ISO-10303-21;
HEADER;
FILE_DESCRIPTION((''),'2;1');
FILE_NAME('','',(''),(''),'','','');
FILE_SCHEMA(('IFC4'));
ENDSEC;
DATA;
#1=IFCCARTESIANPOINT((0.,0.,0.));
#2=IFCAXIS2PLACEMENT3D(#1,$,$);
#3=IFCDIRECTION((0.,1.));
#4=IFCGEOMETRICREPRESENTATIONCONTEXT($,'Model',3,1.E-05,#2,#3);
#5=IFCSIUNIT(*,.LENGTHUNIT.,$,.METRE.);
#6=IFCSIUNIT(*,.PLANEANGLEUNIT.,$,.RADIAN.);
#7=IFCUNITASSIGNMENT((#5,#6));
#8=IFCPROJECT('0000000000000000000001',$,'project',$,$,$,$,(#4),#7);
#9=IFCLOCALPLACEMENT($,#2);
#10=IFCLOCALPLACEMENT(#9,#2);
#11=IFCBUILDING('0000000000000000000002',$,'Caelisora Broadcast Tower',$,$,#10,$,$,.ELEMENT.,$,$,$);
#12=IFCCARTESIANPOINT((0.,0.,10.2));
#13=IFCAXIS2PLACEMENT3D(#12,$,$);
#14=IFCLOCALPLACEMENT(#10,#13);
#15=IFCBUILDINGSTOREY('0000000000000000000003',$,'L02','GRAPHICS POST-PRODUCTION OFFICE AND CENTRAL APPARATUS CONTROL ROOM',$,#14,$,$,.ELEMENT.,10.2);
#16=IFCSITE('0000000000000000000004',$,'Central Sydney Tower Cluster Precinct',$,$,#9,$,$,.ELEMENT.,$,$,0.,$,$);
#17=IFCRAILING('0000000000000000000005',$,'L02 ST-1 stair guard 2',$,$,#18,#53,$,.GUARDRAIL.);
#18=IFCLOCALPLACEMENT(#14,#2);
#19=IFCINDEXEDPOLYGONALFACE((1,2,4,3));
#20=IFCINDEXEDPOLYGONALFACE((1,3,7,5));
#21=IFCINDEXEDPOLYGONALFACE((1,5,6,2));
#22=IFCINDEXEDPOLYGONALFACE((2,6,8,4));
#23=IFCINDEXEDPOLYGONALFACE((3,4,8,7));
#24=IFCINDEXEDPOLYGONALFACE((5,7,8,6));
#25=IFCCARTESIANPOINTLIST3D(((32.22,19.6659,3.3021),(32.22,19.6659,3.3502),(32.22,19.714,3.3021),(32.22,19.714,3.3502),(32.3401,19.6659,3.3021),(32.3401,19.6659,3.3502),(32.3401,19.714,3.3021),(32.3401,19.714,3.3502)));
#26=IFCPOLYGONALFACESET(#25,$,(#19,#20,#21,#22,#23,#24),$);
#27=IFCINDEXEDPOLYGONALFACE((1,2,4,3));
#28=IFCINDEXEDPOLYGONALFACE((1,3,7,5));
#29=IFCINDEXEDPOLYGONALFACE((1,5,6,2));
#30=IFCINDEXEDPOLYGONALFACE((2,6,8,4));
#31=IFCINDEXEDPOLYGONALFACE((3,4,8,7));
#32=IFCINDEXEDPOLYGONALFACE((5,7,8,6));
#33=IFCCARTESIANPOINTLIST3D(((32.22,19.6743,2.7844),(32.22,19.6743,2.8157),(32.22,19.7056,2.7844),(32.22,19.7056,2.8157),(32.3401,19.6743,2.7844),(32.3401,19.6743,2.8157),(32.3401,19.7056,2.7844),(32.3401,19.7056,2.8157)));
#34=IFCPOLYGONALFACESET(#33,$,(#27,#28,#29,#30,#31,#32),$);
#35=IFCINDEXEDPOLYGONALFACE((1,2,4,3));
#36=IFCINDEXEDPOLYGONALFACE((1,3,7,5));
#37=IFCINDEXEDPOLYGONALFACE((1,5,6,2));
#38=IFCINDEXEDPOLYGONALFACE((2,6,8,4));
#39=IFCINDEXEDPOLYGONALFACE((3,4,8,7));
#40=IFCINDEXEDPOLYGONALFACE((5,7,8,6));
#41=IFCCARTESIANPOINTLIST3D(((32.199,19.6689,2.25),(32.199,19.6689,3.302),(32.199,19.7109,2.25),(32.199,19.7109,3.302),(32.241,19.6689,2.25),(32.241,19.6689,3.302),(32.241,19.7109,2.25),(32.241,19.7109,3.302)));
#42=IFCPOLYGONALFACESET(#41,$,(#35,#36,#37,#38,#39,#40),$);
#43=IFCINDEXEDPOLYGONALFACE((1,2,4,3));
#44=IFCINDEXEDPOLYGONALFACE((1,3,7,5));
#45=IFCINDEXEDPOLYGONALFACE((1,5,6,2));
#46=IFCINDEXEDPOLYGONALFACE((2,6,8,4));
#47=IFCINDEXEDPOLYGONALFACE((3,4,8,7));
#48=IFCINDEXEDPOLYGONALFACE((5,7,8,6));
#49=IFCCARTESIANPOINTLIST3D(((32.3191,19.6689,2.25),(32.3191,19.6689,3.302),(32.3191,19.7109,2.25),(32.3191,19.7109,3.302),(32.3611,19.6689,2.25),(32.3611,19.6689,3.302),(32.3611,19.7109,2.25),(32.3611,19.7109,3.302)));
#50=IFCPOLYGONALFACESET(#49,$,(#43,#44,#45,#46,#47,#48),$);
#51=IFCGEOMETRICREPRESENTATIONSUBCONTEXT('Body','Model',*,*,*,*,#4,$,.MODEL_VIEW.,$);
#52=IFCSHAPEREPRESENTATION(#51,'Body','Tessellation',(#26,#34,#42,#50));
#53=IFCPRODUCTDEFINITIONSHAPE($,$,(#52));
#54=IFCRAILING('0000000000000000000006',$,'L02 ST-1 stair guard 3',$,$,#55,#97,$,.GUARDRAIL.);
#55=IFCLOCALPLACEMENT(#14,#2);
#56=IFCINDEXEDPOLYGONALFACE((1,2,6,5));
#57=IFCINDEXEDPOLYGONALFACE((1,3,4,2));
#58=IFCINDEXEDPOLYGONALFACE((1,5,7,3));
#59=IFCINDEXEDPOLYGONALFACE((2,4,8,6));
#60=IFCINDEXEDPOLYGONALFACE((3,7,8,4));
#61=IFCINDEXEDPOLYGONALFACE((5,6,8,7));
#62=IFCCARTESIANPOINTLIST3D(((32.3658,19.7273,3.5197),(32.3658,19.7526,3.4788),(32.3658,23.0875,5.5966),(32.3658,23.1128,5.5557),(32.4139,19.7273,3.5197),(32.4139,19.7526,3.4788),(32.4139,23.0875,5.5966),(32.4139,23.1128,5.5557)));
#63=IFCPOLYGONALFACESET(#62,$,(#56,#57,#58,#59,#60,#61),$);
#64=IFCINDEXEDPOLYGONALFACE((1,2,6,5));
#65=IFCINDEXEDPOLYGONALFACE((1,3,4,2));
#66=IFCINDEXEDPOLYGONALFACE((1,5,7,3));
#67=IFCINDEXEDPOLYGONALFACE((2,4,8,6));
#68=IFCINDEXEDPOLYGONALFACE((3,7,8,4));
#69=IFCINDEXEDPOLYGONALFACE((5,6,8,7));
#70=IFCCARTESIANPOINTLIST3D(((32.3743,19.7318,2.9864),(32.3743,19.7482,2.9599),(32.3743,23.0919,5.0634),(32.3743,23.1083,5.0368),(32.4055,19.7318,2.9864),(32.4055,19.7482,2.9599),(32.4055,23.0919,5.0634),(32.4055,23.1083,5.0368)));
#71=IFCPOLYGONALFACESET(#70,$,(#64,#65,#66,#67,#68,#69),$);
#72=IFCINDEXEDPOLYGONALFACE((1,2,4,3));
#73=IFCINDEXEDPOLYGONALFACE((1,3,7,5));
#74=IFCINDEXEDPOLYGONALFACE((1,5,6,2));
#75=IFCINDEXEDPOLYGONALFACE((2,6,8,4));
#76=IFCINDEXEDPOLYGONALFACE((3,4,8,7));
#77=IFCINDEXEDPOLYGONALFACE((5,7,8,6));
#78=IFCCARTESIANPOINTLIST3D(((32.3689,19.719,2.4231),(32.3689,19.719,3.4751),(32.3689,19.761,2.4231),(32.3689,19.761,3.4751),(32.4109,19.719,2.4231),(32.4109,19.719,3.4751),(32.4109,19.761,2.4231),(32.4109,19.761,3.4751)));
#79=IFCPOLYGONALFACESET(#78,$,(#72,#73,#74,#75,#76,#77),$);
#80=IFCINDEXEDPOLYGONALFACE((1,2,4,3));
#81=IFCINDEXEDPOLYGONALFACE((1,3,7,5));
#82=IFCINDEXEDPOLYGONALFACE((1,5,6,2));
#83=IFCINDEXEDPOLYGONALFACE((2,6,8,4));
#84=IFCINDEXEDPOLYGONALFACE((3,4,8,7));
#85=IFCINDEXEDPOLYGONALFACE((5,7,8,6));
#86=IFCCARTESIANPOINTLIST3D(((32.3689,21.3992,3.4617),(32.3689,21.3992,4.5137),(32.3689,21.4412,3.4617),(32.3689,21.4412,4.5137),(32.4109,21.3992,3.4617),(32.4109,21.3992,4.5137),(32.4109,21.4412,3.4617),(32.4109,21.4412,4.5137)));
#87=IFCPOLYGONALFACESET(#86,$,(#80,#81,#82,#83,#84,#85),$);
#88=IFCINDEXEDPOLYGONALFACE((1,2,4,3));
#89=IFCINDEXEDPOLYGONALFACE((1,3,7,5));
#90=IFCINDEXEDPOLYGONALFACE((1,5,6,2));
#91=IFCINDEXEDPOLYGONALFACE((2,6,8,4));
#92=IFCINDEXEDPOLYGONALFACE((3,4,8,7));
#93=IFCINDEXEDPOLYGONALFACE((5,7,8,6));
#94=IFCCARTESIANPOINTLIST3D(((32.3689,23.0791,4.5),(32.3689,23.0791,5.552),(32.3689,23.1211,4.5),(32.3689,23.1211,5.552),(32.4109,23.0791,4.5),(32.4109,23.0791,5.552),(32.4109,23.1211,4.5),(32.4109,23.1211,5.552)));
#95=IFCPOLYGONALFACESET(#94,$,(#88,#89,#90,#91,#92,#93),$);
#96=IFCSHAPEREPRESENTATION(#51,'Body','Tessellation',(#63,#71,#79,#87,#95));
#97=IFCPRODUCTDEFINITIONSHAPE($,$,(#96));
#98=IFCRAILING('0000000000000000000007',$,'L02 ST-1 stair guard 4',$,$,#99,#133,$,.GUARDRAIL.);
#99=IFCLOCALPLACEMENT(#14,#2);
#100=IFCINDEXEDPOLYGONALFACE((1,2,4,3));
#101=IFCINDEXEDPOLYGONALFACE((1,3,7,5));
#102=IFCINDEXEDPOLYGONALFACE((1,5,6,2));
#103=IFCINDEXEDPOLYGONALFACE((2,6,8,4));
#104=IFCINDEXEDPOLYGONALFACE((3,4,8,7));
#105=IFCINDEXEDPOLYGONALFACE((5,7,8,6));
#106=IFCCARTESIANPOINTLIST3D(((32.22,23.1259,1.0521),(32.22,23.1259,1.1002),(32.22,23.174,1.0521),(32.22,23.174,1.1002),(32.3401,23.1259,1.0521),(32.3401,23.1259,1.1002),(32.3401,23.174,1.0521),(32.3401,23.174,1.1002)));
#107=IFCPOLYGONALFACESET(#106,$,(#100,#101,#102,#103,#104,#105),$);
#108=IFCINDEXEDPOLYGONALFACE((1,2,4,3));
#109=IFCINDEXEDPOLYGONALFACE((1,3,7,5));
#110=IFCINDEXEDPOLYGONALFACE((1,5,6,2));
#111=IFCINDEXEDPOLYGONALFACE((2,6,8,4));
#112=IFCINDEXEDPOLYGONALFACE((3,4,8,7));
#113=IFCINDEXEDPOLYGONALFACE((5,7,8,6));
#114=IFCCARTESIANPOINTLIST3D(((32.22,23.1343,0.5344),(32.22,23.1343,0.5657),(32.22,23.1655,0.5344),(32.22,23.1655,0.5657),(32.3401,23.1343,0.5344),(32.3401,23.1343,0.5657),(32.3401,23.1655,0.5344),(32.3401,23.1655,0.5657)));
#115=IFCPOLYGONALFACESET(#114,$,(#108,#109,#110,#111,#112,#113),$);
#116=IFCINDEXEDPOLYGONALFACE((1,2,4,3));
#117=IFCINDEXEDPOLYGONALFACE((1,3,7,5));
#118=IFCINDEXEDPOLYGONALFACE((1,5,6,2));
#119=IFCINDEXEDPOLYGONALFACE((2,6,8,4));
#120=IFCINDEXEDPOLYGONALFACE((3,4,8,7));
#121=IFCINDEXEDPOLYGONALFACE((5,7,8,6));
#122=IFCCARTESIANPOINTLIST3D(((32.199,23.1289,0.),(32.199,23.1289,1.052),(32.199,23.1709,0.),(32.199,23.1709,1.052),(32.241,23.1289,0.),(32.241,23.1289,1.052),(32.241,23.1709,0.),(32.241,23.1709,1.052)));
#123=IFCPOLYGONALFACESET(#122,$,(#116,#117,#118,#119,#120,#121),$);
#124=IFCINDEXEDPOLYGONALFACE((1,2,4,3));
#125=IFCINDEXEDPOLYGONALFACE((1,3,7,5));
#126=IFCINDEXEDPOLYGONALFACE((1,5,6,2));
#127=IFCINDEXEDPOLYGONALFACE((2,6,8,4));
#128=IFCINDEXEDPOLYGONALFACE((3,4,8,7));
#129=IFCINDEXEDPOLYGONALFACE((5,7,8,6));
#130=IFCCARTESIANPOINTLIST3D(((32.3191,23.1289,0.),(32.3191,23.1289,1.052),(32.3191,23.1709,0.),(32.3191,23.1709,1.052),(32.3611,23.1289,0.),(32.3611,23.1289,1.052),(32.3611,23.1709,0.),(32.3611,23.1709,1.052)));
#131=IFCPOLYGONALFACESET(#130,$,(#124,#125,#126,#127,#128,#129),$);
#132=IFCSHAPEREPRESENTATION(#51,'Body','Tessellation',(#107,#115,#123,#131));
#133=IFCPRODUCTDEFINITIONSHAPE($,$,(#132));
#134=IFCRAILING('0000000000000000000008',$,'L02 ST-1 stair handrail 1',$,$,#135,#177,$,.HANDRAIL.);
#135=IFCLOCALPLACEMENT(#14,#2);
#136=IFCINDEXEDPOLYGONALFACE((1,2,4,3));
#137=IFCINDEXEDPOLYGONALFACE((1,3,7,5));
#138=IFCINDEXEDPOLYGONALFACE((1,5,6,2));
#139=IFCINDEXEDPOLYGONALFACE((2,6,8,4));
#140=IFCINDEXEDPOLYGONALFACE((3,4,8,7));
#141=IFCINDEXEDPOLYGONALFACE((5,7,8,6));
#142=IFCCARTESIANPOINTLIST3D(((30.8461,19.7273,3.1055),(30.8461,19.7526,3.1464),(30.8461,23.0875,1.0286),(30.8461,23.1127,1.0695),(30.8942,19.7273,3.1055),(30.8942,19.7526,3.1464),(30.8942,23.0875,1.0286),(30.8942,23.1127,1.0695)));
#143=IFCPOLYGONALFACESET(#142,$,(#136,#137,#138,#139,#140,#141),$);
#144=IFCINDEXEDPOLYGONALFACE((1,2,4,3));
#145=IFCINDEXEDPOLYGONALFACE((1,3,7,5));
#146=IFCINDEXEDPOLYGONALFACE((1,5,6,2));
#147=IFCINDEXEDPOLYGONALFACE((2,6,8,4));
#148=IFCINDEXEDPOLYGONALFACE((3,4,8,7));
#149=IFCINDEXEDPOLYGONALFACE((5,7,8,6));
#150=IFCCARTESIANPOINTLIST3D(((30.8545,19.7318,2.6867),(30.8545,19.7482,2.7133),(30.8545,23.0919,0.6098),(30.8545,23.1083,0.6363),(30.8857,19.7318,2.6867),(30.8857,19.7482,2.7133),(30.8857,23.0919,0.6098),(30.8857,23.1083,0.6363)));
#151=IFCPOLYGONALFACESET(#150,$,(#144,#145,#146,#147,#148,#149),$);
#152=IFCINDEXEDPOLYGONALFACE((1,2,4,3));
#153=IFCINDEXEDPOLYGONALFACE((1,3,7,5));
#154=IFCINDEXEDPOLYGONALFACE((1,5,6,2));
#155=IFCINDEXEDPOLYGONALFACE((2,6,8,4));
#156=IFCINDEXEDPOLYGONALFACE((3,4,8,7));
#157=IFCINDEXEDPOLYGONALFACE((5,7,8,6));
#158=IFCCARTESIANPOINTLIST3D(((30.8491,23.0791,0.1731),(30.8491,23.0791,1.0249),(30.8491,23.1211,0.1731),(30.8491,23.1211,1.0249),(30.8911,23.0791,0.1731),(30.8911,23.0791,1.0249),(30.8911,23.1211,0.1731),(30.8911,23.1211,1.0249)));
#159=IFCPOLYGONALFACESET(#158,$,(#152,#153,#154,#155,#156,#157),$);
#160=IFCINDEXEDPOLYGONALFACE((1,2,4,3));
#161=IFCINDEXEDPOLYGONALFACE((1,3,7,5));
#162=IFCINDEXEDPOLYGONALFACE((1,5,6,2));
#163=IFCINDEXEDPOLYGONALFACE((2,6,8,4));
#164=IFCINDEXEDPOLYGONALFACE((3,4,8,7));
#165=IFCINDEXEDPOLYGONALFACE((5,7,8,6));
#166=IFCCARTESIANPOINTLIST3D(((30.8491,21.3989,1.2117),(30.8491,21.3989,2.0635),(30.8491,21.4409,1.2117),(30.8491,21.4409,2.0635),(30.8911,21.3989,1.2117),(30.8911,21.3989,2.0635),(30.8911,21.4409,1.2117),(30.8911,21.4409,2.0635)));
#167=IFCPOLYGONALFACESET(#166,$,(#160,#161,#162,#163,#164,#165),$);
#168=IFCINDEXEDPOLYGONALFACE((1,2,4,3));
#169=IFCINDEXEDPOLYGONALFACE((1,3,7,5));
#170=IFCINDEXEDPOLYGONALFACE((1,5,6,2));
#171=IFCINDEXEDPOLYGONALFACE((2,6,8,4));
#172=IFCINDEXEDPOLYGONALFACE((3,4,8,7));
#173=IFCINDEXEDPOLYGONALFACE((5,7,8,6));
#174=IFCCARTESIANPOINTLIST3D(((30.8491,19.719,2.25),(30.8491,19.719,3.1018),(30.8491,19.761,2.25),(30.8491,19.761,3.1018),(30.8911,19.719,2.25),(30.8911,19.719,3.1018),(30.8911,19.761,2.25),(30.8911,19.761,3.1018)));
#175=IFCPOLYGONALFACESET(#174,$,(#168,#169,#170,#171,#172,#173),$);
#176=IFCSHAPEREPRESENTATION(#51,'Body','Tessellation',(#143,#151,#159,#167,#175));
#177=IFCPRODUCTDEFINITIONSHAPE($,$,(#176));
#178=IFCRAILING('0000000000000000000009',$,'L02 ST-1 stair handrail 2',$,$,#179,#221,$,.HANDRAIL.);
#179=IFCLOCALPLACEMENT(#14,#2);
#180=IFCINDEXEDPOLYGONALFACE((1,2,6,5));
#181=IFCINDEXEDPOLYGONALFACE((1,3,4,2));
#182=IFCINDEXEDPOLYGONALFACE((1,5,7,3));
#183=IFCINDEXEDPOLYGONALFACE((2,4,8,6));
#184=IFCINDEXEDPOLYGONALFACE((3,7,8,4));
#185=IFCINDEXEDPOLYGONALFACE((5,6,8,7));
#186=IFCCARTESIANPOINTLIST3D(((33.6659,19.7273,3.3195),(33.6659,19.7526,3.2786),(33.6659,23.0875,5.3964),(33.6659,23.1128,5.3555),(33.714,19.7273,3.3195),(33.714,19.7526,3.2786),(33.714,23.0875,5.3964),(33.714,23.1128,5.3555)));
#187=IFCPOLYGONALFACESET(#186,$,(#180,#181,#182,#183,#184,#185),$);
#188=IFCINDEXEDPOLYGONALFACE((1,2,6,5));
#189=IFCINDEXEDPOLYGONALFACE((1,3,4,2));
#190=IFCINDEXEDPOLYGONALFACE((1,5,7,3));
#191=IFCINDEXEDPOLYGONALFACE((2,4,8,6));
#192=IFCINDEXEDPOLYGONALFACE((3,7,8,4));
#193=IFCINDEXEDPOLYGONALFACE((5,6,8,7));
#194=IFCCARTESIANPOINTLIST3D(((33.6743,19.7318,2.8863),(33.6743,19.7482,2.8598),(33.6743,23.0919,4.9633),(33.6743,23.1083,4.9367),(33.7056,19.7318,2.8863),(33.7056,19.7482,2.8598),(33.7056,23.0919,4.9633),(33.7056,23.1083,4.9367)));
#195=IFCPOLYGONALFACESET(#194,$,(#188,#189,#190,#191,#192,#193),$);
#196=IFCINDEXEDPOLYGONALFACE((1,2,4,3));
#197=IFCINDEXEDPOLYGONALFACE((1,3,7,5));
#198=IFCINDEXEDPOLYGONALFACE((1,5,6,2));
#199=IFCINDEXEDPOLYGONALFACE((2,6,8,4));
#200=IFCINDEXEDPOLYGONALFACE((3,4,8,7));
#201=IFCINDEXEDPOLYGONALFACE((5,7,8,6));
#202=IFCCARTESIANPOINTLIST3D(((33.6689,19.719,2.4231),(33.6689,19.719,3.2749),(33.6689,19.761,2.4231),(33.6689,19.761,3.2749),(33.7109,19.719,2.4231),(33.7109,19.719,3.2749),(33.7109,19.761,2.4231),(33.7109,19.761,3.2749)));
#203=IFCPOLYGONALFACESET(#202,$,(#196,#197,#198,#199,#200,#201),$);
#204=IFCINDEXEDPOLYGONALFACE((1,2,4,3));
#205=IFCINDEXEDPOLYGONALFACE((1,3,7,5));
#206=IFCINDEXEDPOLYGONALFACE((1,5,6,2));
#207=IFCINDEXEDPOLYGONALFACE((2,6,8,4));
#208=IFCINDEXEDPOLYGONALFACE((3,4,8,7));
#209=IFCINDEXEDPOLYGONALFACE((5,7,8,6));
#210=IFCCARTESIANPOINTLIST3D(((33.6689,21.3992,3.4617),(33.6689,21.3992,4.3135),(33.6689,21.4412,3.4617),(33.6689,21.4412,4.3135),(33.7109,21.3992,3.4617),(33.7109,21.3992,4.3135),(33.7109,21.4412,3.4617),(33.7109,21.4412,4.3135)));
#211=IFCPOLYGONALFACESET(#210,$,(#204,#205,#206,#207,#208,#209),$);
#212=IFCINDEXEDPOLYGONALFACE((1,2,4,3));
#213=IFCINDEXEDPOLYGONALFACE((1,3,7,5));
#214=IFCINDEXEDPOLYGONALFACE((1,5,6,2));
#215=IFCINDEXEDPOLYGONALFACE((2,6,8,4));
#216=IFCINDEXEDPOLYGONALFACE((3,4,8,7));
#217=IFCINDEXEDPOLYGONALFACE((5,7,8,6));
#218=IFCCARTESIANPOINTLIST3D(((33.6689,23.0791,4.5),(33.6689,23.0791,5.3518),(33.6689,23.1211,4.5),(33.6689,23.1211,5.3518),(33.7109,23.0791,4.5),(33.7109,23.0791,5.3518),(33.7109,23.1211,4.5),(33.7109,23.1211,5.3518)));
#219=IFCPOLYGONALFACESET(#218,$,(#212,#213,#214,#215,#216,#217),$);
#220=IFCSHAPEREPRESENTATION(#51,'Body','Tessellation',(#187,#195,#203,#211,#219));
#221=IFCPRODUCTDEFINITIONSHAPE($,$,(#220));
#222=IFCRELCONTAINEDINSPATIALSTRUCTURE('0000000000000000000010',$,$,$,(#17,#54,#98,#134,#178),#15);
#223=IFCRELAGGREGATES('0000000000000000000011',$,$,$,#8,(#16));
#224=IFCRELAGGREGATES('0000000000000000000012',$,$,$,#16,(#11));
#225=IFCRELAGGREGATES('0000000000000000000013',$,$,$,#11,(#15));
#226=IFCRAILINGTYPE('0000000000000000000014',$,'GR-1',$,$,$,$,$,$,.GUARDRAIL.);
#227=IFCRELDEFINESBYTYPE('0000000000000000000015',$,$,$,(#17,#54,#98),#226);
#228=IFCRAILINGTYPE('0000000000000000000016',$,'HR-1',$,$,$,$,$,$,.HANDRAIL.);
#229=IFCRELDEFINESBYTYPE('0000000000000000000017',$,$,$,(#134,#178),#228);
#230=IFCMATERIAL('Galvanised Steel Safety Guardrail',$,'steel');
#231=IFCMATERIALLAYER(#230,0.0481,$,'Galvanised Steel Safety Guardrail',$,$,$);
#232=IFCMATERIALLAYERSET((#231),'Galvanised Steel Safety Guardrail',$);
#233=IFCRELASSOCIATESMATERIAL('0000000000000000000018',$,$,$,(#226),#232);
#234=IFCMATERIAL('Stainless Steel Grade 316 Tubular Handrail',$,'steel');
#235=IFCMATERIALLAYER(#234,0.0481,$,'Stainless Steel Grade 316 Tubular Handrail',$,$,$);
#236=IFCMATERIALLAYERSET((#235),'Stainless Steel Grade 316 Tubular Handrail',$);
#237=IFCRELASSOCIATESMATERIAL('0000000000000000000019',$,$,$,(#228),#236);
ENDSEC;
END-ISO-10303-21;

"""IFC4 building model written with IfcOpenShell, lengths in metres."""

from ifc_helpers import new_model, si_unit, direction, frame, origin, origin_2d, place, context, subcontext, project, spatial, rectangle, extrude, material, layer, layer_set, type_object, element, save


model = new_model("IFC4")

# Units and contexts
model_context = context("Model", 3, precision=1e-05, world=origin(), true_north=direction((0.0, 1.0)))
body_context = subcontext(model_context, "Body", "Model", "MODEL_VIEW")
ifc_project = project(units=[si_unit("LENGTHUNIT", "METRE"), si_unit("PLANEANGLEUNIT", "RADIAN")], contexts=[model_context])

# Site, building, storey
site_placement = place(None, origin())
site = spatial("IfcSite", under=ifc_project, at=site_placement, Name="Central Sydney Tower Cluster Precinct", CompositionType="ELEMENT", RefElevation=0.0)
building_placement = place(site_placement, origin())
building = spatial("IfcBuilding", under=site, at=building_placement, Name="Caelisora Broadcast Tower", CompositionType="ELEMENT")
storey_placement = place(building_placement, frame((0.0, 0.0, 10.2)))
storey = spatial("IfcBuildingStorey", under=building, at=storey_placement, Name="L02", Description="GRAPHICS POST-PRODUCTION OFFICE AND CENTRAL APPARATUS CONTROL ROOM", CompositionType="ELEMENT", Elevation=10.2)

# Railings
ifc_material_1 = material(Name="Galvanised Steel Safety Guardrail", Category="steel")
ifc_layer_1 = layer(ifc_material_1, 0.0481, Name="Galvanised Steel Safety Guardrail")
ifc_layer_set_1 = layer_set([ifc_layer_1], Name="Galvanised Steel Safety Guardrail")
railing_type_1 = type_object("IfcRailingType", Name="GR-1", PredefinedType="GUARDRAIL", material=ifc_layer_set_1)
railing_1_placement = place(storey_placement, frame((32.22, 19.6899, 2.25)))
element("IfcRailing", 1, at=railing_1_placement, inside=storey, type_object=railing_type_1, Name="L02 ST-1 stair guard 2", PredefinedType="GUARDRAIL", context=body_context, shape_type="SweptSolid", body=[
    extrude(rectangle(XDim=0.0481, YDim=0.0481, at=origin_2d()), frame((0.0, 0.0, 1.0762), z_axis=(1.0, 0.0, 0.0), x_axis=(0.0, 1.0, 0.0)), (0.0, 0.0, 1.0), 0.1201),
    extrude(rectangle(XDim=0.0312, YDim=0.0312, at=origin_2d()), frame((0.0, 0.0, 0.55), z_axis=(1.0, 0.0, 0.0), x_axis=(0.0, 1.0, 0.0)), (0.0, 0.0, 1.0), 0.1201),
    extrude(rectangle(XDim=0.042, YDim=0.042, at=origin_2d()), origin(), (0.0, 0.0, 1.0), 1.052),
    extrude(rectangle(XDim=0.042, YDim=0.042, at=origin_2d()), frame((0.1201, 0.0, 0.0)), (0.0, 0.0, 1.0), 1.052),
])
railing_2_placement = place(storey_placement, frame((32.3899, 19.74, 2.4231)))
element("IfcRailing", 2, at=railing_2_placement, inside=storey, type_object=railing_type_1, Name="L02 ST-1 stair guard 3", PredefinedType="GUARDRAIL", context=body_context, shape_type="SweptSolid", body=[
    extrude(rectangle(XDim=0.0481, YDim=0.0481, at=origin_2d()), frame((0.0, 0.0, 1.0762), z_axis=(0.0, 0.850623, 0.525776), x_axis=(-1.0, 0.0, 0.0)), (0.0, 0.0, 1.0), 3.9502),
    extrude(rectangle(XDim=0.0312, YDim=0.0312, at=origin_2d()), frame((0.0, 0.0, 0.55), z_axis=(0.0, 0.850623, 0.525776), x_axis=(-1.0, 0.0, 0.0)), (0.0, 0.0, 1.0), 3.9502),
    extrude(rectangle(XDim=0.042, YDim=0.042, at=origin_2d()), origin(), (0.0, 0.0, 1.0), 1.052),
    extrude(rectangle(XDim=0.042, YDim=0.042, at=origin_2d()), frame((0.0, 1.6802, 1.0386)), (0.0, 0.0, 1.0), 1.052),
    extrude(rectangle(XDim=0.042, YDim=0.042, at=origin_2d()), frame((0.0, 3.3601, 2.0769)), (0.0, 0.0, 1.0), 1.052),
])
railing_3_placement = place(storey_placement, frame((32.22, 23.1499, 0.0)))
element("IfcRailing", 3, at=railing_3_placement, inside=storey, type_object=railing_type_1, Name="L02 ST-1 stair guard 4", PredefinedType="GUARDRAIL", context=body_context, shape_type="SweptSolid", body=[
    extrude(rectangle(XDim=0.0481, YDim=0.0481, at=origin_2d()), frame((0.0, 0.0, 1.0762), z_axis=(1.0, 0.0, 0.0), x_axis=(0.0, 1.0, 0.0)), (0.0, 0.0, 1.0), 0.1201),
    extrude(rectangle(XDim=0.0312, YDim=0.0312, at=origin_2d()), frame((0.0, 0.0, 0.55), z_axis=(1.0, 0.0, 0.0), x_axis=(0.0, 1.0, 0.0)), (0.0, 0.0, 1.0), 0.1201),
    extrude(rectangle(XDim=0.042, YDim=0.042, at=origin_2d()), origin(), (0.0, 0.0, 1.0), 1.052),
    extrude(rectangle(XDim=0.042, YDim=0.042, at=origin_2d()), frame((0.1201, 0.0, 0.0)), (0.0, 0.0, 1.0), 1.052),
])
ifc_material_2 = material(Name="Stainless Steel Grade 316 Tubular Handrail", Category="steel")
ifc_layer_2 = layer(ifc_material_2, 0.0481, Name="Stainless Steel Grade 316 Tubular Handrail")
ifc_layer_set_2 = layer_set([ifc_layer_2], Name="Stainless Steel Grade 316 Tubular Handrail")
railing_type_2 = type_object("IfcRailingType", Name="HR-1", PredefinedType="HANDRAIL", material=ifc_layer_set_2)
railing_4_placement = place(storey_placement, frame((30.8701, 23.1001, 0.1731)))
element("IfcRailing", 4, at=railing_4_placement, inside=storey, type_object=railing_type_2, Name="L02 ST-1 stair handrail 1", PredefinedType="HANDRAIL", context=body_context, shape_type="SweptSolid", body=[
    extrude(rectangle(XDim=0.0481, YDim=0.0481, at=origin_2d()), frame((0.0, 0.0, 0.876), z_axis=(0.0, -0.850623, 0.525776), x_axis=(1.0, 0.0, 0.0)), (0.0, 0.0, 1.0), 3.9502),
    extrude(rectangle(XDim=0.0312, YDim=0.0312, at=origin_2d()), frame((0.0, 0.0, 0.45), z_axis=(0.0, -0.850623, 0.525776), x_axis=(1.0, 0.0, 0.0)), (0.0, 0.0, 1.0), 3.9502),
    extrude(rectangle(XDim=0.042, YDim=0.042, at=origin_2d()), origin(), (0.0, 0.0, 1.0), 0.8518),
    extrude(rectangle(XDim=0.042, YDim=0.042, at=origin_2d()), frame((0.0, -1.6802, 1.0386)), (0.0, 0.0, 1.0), 0.8518),
    extrude(rectangle(XDim=0.042, YDim=0.042, at=origin_2d()), frame((0.0, -3.3601, 2.0769)), (0.0, 0.0, 1.0), 0.8518),
])
railing_5_placement = place(storey_placement, frame((33.6899, 19.74, 2.4231)))
element("IfcRailing", 5, at=railing_5_placement, inside=storey, type_object=railing_type_2, Name="L02 ST-1 stair handrail 2", PredefinedType="HANDRAIL", context=body_context, shape_type="SweptSolid", body=[
    extrude(rectangle(XDim=0.0481, YDim=0.0481, at=origin_2d()), frame((0.0, 0.0, 0.876), z_axis=(0.0, 0.850623, 0.525776), x_axis=(-1.0, 0.0, 0.0)), (0.0, 0.0, 1.0), 3.9502),
    extrude(rectangle(XDim=0.0312, YDim=0.0312, at=origin_2d()), frame((0.0, 0.0, 0.45), z_axis=(0.0, 0.850623, 0.525776), x_axis=(-1.0, 0.0, 0.0)), (0.0, 0.0, 1.0), 3.9502),
    extrude(rectangle(XDim=0.042, YDim=0.042, at=origin_2d()), origin(), (0.0, 0.0, 1.0), 0.8518),
    extrude(rectangle(XDim=0.042, YDim=0.042, at=origin_2d()), frame((0.0, 1.6802, 1.0386)), (0.0, 0.0, 1.0), 0.8518),
    extrude(rectangle(XDim=0.042, YDim=0.042, at=origin_2d()), frame((0.0, 3.3601, 2.0769)), (0.0, 0.0, 1.0), 0.8518),
])

save(model, "model.ifc")
